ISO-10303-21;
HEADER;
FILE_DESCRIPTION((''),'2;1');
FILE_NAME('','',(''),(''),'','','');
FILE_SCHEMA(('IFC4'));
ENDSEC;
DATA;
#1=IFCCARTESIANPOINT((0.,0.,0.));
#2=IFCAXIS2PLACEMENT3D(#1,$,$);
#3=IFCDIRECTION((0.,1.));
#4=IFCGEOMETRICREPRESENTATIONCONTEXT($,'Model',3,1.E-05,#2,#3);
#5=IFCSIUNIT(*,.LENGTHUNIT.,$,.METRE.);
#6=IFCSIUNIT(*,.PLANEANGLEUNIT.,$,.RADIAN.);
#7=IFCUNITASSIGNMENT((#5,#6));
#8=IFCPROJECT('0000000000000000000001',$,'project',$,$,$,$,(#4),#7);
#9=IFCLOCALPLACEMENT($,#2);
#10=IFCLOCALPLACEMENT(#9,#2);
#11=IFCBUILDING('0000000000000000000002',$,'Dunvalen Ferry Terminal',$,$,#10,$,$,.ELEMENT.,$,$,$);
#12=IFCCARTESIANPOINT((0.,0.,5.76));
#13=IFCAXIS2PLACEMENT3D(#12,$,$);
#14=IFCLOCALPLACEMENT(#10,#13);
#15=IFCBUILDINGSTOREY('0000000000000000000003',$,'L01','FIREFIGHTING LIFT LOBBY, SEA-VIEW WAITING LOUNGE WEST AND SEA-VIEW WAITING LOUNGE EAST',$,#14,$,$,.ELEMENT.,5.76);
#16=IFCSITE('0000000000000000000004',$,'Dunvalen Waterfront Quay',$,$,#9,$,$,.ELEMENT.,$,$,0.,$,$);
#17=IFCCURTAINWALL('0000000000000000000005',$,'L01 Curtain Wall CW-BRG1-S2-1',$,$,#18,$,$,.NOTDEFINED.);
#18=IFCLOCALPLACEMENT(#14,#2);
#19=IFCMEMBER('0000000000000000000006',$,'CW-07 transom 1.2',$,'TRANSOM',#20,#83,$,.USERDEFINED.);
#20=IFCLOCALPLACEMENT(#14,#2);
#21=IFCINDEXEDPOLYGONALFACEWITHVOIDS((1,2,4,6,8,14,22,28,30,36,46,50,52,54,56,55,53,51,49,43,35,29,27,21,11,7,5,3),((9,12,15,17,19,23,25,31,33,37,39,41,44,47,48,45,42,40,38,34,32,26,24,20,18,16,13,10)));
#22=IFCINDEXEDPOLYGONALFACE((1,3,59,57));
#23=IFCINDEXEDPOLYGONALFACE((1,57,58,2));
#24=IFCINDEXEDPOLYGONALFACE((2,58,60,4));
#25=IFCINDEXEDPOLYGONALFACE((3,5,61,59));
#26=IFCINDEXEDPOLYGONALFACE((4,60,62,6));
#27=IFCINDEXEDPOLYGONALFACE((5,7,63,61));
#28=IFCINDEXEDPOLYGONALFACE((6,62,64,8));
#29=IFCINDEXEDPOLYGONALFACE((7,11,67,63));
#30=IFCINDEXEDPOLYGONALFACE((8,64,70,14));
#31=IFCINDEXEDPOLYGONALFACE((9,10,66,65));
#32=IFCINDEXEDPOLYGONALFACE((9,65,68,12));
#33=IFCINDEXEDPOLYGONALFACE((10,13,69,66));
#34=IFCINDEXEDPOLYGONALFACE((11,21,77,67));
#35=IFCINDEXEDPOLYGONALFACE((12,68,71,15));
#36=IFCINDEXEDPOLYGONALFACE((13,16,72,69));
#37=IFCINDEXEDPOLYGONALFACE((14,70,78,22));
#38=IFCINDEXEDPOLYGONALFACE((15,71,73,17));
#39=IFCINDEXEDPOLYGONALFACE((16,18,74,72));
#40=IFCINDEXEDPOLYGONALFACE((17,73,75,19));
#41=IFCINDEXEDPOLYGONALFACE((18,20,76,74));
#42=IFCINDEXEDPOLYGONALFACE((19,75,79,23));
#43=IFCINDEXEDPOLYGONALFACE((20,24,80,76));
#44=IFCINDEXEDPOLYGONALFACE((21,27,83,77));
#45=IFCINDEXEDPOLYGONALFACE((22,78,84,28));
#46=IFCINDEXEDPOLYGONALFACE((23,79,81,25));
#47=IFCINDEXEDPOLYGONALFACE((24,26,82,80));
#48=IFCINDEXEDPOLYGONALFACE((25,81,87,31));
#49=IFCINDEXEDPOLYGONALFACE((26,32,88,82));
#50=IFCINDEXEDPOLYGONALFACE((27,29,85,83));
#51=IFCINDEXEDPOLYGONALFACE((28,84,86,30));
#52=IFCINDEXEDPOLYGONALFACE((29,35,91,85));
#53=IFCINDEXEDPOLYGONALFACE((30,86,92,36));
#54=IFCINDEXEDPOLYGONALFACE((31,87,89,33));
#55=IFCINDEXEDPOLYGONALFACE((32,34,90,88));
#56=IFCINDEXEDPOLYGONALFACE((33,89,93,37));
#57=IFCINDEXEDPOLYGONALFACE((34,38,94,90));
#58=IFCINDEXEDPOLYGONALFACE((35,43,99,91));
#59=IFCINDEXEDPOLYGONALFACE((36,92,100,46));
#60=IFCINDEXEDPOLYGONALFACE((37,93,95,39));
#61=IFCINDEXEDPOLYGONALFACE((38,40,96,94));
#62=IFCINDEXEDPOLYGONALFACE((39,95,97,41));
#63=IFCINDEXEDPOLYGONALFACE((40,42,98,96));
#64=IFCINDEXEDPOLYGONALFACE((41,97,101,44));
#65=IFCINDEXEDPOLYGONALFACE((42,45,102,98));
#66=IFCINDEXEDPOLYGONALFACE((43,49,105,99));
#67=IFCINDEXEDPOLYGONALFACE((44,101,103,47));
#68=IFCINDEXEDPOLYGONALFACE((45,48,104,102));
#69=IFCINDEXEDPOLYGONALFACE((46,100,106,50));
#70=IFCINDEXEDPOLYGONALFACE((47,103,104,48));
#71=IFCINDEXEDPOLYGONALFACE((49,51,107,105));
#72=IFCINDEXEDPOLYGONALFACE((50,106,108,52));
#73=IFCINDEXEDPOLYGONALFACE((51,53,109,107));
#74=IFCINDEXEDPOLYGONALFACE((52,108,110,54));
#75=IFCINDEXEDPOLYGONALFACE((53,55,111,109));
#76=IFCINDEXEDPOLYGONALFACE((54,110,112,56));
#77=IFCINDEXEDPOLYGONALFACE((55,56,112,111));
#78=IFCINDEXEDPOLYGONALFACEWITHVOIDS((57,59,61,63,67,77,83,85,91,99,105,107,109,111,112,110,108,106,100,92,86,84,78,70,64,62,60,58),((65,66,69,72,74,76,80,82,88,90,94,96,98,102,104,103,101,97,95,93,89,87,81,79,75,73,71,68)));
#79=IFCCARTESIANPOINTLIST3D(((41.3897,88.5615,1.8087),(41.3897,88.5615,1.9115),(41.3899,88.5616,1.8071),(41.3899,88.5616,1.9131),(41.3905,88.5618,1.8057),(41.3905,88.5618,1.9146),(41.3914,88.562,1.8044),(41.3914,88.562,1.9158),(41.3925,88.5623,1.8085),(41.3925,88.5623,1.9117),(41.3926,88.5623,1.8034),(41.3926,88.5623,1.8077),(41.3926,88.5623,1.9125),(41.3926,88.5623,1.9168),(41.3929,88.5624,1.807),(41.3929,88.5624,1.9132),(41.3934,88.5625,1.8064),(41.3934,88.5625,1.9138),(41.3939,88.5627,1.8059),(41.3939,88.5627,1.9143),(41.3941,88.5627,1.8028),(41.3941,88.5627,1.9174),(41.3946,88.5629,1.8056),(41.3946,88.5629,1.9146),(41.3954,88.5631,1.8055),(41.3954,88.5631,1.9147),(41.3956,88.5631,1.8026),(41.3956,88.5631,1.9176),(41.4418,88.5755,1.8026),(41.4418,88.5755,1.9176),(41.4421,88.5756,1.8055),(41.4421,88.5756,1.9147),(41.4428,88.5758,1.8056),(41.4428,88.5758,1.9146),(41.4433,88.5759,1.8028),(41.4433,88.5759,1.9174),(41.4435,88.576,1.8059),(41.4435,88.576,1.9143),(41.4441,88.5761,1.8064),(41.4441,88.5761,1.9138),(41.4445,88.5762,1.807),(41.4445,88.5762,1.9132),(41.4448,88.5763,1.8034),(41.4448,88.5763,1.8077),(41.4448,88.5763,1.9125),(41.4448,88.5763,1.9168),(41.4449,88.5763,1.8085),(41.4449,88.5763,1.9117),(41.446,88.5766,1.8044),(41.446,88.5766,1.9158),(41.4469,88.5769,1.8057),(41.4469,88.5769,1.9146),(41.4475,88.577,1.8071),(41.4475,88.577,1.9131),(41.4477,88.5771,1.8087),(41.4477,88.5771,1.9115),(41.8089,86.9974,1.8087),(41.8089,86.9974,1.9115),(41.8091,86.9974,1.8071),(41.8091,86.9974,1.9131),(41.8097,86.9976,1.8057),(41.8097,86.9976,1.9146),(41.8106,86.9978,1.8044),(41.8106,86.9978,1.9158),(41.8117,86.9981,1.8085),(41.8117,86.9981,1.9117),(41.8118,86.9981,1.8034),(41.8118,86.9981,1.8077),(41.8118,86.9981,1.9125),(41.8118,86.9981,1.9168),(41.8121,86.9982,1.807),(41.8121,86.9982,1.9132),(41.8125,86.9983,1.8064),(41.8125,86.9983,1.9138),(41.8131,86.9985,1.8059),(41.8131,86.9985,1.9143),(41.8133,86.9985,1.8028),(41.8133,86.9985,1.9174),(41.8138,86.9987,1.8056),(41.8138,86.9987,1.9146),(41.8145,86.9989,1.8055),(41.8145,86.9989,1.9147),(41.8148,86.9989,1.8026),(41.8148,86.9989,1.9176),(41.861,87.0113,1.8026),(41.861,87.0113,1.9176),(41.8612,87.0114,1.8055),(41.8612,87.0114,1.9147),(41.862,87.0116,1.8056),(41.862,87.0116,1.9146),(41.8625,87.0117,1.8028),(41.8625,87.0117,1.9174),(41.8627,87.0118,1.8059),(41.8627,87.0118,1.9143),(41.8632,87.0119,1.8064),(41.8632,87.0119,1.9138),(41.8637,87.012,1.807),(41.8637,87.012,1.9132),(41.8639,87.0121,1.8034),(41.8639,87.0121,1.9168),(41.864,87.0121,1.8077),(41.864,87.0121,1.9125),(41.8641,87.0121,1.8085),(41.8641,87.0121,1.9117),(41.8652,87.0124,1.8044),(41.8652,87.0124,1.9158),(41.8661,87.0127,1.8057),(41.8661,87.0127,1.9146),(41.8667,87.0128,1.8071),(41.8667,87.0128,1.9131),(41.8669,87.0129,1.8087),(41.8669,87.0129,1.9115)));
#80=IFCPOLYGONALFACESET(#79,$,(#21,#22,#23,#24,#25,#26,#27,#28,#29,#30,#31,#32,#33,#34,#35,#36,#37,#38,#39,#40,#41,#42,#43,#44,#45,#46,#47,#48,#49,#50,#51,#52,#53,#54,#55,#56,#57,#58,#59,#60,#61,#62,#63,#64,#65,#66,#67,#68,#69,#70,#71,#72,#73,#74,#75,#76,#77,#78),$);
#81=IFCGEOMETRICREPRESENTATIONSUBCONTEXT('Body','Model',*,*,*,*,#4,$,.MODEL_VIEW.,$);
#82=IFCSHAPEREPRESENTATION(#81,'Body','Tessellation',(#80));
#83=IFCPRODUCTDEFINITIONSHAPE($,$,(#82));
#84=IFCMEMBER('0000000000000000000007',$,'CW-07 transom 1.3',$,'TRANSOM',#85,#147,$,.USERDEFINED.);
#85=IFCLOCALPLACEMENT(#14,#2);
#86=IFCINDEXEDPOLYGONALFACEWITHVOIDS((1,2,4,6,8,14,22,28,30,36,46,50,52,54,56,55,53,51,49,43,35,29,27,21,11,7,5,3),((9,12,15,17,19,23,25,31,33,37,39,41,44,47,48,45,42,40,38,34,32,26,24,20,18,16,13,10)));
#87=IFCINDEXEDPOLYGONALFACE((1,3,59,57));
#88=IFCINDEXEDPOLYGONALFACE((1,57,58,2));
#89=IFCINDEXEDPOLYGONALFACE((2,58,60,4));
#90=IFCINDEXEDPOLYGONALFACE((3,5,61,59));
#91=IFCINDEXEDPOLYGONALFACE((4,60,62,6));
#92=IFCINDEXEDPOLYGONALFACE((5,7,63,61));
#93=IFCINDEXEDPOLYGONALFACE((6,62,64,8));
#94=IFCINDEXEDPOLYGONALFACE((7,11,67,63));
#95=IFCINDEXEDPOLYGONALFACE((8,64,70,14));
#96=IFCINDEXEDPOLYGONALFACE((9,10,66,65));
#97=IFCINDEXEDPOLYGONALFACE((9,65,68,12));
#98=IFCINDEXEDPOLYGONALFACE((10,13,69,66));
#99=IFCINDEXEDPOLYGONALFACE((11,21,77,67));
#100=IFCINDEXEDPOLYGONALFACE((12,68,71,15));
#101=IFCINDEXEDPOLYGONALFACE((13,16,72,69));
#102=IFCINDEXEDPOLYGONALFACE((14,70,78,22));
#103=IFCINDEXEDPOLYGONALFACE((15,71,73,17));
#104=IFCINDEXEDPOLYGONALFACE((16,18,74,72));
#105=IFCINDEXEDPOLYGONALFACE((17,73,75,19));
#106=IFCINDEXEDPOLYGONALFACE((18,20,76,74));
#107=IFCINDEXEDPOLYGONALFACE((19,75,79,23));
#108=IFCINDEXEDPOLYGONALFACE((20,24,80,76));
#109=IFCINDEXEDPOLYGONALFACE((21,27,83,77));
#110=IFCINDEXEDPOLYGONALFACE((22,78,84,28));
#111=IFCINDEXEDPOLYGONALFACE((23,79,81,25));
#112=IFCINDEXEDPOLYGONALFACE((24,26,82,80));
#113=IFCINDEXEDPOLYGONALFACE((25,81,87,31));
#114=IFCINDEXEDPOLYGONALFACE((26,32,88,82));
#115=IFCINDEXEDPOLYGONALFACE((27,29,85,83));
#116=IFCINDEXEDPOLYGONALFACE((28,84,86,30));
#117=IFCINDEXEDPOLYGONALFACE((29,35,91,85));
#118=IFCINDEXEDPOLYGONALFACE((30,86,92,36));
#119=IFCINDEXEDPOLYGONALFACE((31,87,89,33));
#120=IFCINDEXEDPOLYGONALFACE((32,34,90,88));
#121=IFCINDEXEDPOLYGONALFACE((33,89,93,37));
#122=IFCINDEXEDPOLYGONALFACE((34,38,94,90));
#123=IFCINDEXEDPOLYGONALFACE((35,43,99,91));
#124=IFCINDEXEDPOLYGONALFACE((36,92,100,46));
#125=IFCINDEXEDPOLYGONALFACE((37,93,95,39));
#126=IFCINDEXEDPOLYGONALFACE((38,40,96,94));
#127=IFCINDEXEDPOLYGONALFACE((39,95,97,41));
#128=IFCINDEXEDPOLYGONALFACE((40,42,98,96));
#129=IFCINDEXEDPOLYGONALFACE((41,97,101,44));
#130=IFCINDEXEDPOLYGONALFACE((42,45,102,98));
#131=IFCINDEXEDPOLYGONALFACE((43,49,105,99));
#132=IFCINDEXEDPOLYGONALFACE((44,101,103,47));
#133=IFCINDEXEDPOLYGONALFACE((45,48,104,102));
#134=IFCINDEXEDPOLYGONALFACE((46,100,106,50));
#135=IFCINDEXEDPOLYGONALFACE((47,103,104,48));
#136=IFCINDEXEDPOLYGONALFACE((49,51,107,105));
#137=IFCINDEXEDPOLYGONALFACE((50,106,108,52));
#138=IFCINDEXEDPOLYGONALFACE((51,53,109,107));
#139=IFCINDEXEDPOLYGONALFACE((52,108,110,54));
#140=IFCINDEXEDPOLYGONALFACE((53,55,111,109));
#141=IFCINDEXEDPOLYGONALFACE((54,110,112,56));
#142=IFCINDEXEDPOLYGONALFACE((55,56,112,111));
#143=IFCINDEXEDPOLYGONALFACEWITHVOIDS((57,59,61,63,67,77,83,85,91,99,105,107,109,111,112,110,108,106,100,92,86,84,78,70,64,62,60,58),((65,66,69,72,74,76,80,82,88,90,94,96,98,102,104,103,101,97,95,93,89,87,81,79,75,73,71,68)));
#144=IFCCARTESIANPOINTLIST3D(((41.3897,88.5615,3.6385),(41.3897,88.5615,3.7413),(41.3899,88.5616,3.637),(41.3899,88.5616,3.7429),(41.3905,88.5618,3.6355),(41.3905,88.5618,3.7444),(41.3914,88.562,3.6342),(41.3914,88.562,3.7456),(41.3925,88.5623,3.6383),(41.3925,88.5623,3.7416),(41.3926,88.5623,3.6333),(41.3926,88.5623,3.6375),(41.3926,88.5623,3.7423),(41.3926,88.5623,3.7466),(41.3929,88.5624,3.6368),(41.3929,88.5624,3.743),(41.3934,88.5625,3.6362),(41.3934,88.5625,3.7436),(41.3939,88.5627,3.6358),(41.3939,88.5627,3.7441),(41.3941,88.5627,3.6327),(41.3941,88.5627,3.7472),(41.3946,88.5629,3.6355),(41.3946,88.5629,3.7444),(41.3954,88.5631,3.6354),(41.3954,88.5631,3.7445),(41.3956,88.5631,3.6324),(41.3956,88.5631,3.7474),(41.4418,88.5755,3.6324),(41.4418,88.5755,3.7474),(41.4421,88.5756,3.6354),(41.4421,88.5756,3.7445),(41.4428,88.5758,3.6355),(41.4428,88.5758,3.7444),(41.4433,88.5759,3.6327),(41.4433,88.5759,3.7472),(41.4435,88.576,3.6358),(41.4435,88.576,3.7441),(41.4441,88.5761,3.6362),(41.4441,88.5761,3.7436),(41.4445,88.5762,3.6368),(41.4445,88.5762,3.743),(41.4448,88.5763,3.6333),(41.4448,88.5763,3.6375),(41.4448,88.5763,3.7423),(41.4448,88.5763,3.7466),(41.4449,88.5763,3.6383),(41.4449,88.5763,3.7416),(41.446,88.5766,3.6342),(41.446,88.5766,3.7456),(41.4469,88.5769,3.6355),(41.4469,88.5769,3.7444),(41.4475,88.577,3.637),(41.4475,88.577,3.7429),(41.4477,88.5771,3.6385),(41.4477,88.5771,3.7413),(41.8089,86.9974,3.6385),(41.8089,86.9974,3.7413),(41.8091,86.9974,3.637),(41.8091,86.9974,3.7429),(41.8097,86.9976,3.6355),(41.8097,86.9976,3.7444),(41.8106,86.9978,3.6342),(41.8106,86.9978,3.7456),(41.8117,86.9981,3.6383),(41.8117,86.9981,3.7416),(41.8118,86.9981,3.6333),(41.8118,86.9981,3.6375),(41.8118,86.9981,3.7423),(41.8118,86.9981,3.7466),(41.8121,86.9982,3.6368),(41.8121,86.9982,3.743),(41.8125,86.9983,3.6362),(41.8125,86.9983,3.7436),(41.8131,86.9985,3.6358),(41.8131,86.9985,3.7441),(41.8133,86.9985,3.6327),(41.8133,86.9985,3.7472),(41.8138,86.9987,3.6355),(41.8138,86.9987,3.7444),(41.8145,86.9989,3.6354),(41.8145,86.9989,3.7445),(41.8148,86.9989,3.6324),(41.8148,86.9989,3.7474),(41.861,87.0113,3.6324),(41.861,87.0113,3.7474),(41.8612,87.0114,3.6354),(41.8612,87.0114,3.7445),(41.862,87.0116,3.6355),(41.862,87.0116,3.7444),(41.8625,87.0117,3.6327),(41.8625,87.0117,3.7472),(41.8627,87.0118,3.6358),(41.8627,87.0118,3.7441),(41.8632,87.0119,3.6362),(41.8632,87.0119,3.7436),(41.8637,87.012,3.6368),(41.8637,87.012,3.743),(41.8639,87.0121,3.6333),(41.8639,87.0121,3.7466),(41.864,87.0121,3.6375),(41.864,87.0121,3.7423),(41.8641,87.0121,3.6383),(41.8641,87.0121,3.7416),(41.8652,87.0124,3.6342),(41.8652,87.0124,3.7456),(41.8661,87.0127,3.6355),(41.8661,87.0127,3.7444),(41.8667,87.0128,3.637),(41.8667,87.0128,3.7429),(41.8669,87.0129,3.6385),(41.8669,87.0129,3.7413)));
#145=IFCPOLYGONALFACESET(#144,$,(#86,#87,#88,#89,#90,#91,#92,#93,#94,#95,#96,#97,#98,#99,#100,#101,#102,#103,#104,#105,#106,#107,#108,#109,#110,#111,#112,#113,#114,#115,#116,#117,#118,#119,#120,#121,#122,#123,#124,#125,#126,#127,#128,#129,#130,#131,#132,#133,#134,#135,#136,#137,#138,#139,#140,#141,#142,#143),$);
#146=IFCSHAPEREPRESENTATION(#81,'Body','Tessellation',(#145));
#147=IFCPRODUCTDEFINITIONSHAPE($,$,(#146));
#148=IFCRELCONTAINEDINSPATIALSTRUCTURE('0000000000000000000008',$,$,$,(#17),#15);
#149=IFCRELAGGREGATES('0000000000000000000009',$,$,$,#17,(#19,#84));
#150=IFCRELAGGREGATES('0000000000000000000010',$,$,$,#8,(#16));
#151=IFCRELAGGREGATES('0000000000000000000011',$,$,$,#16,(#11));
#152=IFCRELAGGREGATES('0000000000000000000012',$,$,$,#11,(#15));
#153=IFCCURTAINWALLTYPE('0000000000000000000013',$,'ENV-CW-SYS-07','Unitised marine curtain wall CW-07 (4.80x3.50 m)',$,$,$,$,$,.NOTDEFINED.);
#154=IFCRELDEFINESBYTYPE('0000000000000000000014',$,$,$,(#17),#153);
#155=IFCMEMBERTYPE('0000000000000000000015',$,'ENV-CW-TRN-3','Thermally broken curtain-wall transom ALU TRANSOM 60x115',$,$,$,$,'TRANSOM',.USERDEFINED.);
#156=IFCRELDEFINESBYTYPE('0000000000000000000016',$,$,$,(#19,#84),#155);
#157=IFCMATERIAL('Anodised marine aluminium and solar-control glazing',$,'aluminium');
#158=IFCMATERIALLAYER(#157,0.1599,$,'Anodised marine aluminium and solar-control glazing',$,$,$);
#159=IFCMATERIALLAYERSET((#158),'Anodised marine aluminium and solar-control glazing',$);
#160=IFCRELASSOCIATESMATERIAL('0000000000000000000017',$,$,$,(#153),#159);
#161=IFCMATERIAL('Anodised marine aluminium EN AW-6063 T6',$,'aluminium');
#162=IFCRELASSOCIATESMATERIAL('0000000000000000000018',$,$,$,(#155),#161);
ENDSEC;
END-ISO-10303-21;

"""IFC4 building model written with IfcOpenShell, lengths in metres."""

from ifc_helpers import new_model, si_unit, direction, frame, origin, origin_2d, place, context, subcontext, project, spatial, hollow_rectangle, extrude, material, layer, layer_set, material_profile, profile_set, type_object, element, aggregate, save


model = new_model("IFC4")

# Units and contexts
model_context = context("Model", 3, precision=1e-05, world=origin(), true_north=direction((0.0, 1.0)))
body_context = subcontext(model_context, "Body", "Model", "MODEL_VIEW")
ifc_project = project(units=[si_unit("LENGTHUNIT", "METRE"), si_unit("PLANEANGLEUNIT", "RADIAN")], contexts=[model_context])

# Site, building, storey
site_placement = place(None, origin())
site = spatial("IfcSite", under=ifc_project, at=site_placement, Name="Dunvalen Waterfront Quay", CompositionType="ELEMENT", RefElevation=0.0)
building_placement = place(site_placement, origin())
building = spatial("IfcBuilding", under=site, at=building_placement, Name="Dunvalen Ferry Terminal", CompositionType="ELEMENT")
storey_placement = place(building_placement, frame((0.0, 0.0, 5.76)))
storey = spatial("IfcBuildingStorey", under=building, at=storey_placement, Name="L01", Description="FIREFIGHTING LIFT LOBBY, SEA-VIEW WAITING LOUNGE WEST AND SEA-VIEW WAITING LOUNGE EAST", CompositionType="ELEMENT", Elevation=5.76)

# Curtain wall
ifc_material_1 = material(Name="Anodised marine aluminium and solar-control glazing", Category="aluminium")
ifc_layer_1 = layer(ifc_material_1, 0.1599, Name="Anodised marine aluminium and solar-control glazing")
ifc_layer_set_1 = layer_set([ifc_layer_1], Name="Anodised marine aluminium and solar-control glazing")
curtain_wall_type = type_object("IfcCurtainWallType", Name="ENV-CW-SYS-07", Description="Unitised marine curtain wall CW-07 (4.80x3.50 m)", PredefinedType="NOTDEFINED", material=ifc_layer_set_1)
curtain_wall_1_placement = place(storey_placement, origin())
curtain_wall_1 = element("IfcCurtainWall", 1, at=curtain_wall_1_placement, inside=storey, type_object=curtain_wall_type, Name="L01 Curtain Wall CW-BRG1-S2-1", PredefinedType="NOTDEFINED")
ifc_material_2 = material(Name="Anodised marine aluminium EN AW-6063 T6", Category="aluminium")

# Members
ifc_material_profile_1 = material_profile(ifc_material_2, hollow_rectangle(XDim=0.0601, YDim=0.115, WallThickness=0.0029, InnerFilletRadius=0.0029, OuterFilletRadius=0.0061, at=origin_2d()), Name="Anodised marine aluminium EN AW-6063 T6")
ifc_profile_set_1 = profile_set([ifc_material_profile_1], Name="Anodised marine aluminium EN AW-6063 T6")
member_type_1 = type_object("IfcMemberType", Name="ENV-CW-TRN-3", Description="Thermally broken curtain-wall transom ALU TRANSOM 60x115", ElementType="TRANSOM", PredefinedType="USERDEFINED", material=ifc_profile_set_1)
member_1_placement = place(storey_placement, frame((41.8379, 87.0051, 1.8601), z_axis=(-0.258854, 0.965916, 0.0), x_axis=(-0.965916, -0.258854, 0.0)))
member_1 = element("IfcMember", 2, at=member_1_placement, type_object=member_type_1, Name="CW-07 transom 1.2", ObjectType="TRANSOM", PredefinedType="USERDEFINED", context=body_context, shape_type="SweptSolid", body=[
    extrude(hollow_rectangle(XDim=0.0601, YDim=0.115, WallThickness=0.0029, InnerFilletRadius=0.0029, OuterFilletRadius=0.0061, at=origin_2d()), origin(), (0.0, 0.0, 1.0), 1.6194),
])
member_2_placement = place(storey_placement, frame((41.8379, 87.0051, 3.6899), z_axis=(-0.258854, 0.965916, 0.0), x_axis=(-0.965916, -0.258854, 0.0)))
member_2 = element("IfcMember", 3, at=member_2_placement, type_object=member_type_1, Name="CW-07 transom 1.3", ObjectType="TRANSOM", PredefinedType="USERDEFINED", context=body_context, shape_type="SweptSolid", body=[
    extrude(hollow_rectangle(XDim=0.0601, YDim=0.115, WallThickness=0.0029, InnerFilletRadius=0.0029, OuterFilletRadius=0.0061, at=origin_2d()), origin(), (0.0, 0.0, 1.0), 1.6194),
])

aggregate(curtain_wall_1, [member_1, member_2])

save(model, "model.ifc")
